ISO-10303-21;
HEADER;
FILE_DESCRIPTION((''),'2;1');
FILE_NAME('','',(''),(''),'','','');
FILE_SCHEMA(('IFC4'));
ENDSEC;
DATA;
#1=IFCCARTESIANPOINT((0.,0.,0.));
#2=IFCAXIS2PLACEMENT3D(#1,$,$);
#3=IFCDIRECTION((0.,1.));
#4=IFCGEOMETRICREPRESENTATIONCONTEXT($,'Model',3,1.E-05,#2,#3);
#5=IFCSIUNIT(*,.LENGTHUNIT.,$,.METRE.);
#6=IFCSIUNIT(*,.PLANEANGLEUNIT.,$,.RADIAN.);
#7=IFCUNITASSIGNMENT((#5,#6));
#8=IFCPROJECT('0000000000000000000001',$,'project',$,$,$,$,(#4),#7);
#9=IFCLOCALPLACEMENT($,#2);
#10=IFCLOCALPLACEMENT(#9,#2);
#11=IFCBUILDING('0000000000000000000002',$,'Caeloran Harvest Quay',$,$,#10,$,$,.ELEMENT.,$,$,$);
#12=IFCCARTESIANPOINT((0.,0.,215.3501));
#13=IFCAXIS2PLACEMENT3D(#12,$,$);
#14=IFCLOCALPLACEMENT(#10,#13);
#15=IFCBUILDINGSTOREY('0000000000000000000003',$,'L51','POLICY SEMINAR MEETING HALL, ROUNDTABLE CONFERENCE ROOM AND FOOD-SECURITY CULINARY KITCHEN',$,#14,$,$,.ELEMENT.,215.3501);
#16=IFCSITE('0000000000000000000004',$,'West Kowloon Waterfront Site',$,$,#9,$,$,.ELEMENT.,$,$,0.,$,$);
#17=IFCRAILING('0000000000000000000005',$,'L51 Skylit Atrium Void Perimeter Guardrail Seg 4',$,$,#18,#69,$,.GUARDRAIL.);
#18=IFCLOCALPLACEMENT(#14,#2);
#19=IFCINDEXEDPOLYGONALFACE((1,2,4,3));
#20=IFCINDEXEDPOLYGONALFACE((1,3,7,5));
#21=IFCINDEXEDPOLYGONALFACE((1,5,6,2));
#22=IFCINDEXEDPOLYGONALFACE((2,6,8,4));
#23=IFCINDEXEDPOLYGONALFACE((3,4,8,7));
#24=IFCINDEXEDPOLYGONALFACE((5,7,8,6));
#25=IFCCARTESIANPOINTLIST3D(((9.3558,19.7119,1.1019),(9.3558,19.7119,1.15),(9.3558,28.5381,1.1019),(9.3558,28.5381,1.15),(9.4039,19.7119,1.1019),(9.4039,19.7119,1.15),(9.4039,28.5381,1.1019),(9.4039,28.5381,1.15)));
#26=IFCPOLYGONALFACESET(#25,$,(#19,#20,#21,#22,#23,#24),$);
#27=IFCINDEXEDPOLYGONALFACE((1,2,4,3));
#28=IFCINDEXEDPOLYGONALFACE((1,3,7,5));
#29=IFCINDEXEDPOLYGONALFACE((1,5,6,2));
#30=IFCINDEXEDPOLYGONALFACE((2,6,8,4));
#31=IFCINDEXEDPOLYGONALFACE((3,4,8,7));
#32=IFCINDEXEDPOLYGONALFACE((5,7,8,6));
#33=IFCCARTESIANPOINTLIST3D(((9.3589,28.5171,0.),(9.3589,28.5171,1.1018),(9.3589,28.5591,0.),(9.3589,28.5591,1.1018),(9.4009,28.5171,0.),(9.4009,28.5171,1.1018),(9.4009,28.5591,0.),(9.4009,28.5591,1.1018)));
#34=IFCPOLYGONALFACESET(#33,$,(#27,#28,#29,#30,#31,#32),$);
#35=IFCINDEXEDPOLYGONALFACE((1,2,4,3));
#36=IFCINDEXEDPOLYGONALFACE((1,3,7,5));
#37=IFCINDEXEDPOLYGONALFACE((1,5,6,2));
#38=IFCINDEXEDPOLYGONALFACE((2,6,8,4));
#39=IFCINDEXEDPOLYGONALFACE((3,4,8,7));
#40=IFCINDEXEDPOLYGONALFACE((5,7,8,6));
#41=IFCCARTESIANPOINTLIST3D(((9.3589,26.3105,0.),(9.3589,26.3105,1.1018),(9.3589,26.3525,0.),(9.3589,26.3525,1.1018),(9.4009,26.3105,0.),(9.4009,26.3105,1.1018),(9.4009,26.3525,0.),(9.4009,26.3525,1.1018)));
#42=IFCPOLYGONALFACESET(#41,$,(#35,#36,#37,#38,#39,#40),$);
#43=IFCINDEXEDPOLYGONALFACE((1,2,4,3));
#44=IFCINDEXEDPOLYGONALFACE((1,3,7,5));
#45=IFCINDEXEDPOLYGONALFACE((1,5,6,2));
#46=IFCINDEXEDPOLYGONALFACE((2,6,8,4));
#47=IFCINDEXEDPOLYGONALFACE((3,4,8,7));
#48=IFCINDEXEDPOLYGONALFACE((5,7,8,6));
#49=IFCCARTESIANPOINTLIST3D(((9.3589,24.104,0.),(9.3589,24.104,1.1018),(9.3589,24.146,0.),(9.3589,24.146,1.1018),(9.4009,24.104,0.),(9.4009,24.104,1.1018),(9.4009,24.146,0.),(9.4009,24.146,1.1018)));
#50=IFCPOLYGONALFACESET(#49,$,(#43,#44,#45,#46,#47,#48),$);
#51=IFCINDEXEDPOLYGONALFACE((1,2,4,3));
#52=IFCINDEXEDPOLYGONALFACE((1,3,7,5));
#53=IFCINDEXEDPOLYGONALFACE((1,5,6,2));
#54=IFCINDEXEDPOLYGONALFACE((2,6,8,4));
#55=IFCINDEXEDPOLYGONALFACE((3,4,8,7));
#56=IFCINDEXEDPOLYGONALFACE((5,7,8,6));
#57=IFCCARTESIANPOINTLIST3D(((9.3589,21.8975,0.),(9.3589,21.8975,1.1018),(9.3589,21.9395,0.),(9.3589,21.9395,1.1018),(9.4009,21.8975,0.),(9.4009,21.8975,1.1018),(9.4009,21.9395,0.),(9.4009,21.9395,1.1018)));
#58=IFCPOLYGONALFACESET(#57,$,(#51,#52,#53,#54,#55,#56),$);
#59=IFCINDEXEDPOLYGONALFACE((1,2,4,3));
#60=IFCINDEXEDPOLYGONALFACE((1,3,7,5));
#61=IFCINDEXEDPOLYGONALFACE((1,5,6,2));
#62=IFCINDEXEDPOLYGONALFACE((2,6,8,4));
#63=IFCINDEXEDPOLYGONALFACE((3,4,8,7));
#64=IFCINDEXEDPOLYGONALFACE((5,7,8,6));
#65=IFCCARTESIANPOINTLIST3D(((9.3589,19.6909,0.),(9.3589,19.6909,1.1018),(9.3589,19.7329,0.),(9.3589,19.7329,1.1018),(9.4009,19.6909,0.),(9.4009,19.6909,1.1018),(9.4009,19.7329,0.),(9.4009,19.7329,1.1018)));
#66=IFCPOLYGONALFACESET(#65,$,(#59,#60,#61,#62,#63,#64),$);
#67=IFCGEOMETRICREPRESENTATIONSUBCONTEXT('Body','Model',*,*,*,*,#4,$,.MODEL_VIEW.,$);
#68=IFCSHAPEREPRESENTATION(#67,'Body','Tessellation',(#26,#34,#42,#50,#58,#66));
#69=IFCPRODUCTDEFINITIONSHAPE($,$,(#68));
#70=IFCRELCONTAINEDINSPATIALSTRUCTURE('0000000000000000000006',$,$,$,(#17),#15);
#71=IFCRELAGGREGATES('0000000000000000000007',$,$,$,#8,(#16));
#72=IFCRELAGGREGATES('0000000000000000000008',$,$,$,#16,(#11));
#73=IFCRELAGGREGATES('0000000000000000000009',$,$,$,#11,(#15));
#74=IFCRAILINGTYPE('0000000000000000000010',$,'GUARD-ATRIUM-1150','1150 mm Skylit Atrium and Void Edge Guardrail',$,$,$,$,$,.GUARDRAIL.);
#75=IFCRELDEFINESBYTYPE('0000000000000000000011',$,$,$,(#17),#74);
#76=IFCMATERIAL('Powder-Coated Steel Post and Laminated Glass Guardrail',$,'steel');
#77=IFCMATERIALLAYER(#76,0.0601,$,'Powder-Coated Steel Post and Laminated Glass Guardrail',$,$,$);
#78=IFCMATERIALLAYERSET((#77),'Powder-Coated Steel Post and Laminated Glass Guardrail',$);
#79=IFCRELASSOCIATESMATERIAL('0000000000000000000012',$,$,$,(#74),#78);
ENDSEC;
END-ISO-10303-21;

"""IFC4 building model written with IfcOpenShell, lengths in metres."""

from ifc_helpers import new_model, si_unit, direction, frame, origin, origin_2d, place, context, subcontext, project, spatial, rectangle, extrude, material, layer, layer_set, type_object, element, save


model = new_model("IFC4")

# Units and contexts
model_context = context("Model", 3, precision=1e-05, world=origin(), true_north=direction((0.0, 1.0)))
body_context = subcontext(model_context, "Body", "Model", "MODEL_VIEW")
ifc_project = project(units=[si_unit("LENGTHUNIT", "METRE"), si_unit("PLANEANGLEUNIT", "RADIAN")], contexts=[model_context])

# Site, building, storey
site_placement = place(None, origin())
site = spatial("IfcSite", under=ifc_project, at=site_placement, Name="West Kowloon Waterfront Site", CompositionType="ELEMENT", RefElevation=0.0)
building_placement = place(site_placement, origin())
building = spatial("IfcBuilding", under=site, at=building_placement, Name="Caeloran Harvest Quay", CompositionType="ELEMENT")
storey_placement = place(building_placement, frame((0.0, 0.0, 215.3501)))
storey = spatial("IfcBuildingStorey", under=building, at=storey_placement, Name="L51", Description="POLICY SEMINAR MEETING HALL, ROUNDTABLE CONFERENCE ROOM AND FOOD-SECURITY CULINARY KITCHEN", CompositionType="ELEMENT", Elevation=215.3501)

# Railing
ifc_material_1 = material(Name="Powder-Coated Steel Post and Laminated Glass Guardrail", Category="steel")
ifc_layer_1 = layer(ifc_material_1, 0.0601, Name="Powder-Coated Steel Post and Laminated Glass Guardrail")
ifc_layer_set_1 = layer_set([ifc_layer_1], Name="Powder-Coated Steel Post and Laminated Glass Guardrail")
railing_type = type_object("IfcRailingType", Name="GUARD-ATRIUM-1150", Description="1150 mm Skylit Atrium and Void Edge Guardrail", PredefinedType="GUARDRAIL", material=ifc_layer_set_1)
railing_1_placement = place(storey_placement, frame((9.3799, 28.5381, 0.0)))
element("IfcRailing", 1, at=railing_1_placement, inside=storey, type_object=railing_type, Name="L51 Skylit Atrium Void Perimeter Guardrail Seg 4", PredefinedType="GUARDRAIL", context=body_context, shape_type="SweptSolid", body=[
    extrude(rectangle(XDim=0.0481, YDim=0.0481, at=origin_2d()), frame((0.0, 0.0, 1.126), z_axis=(0.0, -1.0, 0.0), x_axis=(1.0, 0.0, 0.0)), (0.0, 0.0, 1.0), 8.8262),
    extrude(rectangle(XDim=0.042, YDim=0.042, at=origin_2d()), origin(), (0.0, 0.0, 1.0), 1.1018),
    extrude(rectangle(XDim=0.042, YDim=0.042, at=origin_2d()), frame((0.0, -2.2065, 0.0)), (0.0, 0.0, 1.0), 1.1018),
    extrude(rectangle(XDim=0.042, YDim=0.042, at=origin_2d()), frame((0.0, -4.4131, 0.0)), (0.0, 0.0, 1.0), 1.1018),
    extrude(rectangle(XDim=0.042, YDim=0.042, at=origin_2d()), frame((0.0, -6.6196, 0.0)), (0.0, 0.0, 1.0), 1.1018),
    extrude(rectangle(XDim=0.042, YDim=0.042, at=origin_2d()), frame((0.0, -8.8262, 0.0)), (0.0, 0.0, 1.0), 1.1018),
])

save(model, "model.ifc")
